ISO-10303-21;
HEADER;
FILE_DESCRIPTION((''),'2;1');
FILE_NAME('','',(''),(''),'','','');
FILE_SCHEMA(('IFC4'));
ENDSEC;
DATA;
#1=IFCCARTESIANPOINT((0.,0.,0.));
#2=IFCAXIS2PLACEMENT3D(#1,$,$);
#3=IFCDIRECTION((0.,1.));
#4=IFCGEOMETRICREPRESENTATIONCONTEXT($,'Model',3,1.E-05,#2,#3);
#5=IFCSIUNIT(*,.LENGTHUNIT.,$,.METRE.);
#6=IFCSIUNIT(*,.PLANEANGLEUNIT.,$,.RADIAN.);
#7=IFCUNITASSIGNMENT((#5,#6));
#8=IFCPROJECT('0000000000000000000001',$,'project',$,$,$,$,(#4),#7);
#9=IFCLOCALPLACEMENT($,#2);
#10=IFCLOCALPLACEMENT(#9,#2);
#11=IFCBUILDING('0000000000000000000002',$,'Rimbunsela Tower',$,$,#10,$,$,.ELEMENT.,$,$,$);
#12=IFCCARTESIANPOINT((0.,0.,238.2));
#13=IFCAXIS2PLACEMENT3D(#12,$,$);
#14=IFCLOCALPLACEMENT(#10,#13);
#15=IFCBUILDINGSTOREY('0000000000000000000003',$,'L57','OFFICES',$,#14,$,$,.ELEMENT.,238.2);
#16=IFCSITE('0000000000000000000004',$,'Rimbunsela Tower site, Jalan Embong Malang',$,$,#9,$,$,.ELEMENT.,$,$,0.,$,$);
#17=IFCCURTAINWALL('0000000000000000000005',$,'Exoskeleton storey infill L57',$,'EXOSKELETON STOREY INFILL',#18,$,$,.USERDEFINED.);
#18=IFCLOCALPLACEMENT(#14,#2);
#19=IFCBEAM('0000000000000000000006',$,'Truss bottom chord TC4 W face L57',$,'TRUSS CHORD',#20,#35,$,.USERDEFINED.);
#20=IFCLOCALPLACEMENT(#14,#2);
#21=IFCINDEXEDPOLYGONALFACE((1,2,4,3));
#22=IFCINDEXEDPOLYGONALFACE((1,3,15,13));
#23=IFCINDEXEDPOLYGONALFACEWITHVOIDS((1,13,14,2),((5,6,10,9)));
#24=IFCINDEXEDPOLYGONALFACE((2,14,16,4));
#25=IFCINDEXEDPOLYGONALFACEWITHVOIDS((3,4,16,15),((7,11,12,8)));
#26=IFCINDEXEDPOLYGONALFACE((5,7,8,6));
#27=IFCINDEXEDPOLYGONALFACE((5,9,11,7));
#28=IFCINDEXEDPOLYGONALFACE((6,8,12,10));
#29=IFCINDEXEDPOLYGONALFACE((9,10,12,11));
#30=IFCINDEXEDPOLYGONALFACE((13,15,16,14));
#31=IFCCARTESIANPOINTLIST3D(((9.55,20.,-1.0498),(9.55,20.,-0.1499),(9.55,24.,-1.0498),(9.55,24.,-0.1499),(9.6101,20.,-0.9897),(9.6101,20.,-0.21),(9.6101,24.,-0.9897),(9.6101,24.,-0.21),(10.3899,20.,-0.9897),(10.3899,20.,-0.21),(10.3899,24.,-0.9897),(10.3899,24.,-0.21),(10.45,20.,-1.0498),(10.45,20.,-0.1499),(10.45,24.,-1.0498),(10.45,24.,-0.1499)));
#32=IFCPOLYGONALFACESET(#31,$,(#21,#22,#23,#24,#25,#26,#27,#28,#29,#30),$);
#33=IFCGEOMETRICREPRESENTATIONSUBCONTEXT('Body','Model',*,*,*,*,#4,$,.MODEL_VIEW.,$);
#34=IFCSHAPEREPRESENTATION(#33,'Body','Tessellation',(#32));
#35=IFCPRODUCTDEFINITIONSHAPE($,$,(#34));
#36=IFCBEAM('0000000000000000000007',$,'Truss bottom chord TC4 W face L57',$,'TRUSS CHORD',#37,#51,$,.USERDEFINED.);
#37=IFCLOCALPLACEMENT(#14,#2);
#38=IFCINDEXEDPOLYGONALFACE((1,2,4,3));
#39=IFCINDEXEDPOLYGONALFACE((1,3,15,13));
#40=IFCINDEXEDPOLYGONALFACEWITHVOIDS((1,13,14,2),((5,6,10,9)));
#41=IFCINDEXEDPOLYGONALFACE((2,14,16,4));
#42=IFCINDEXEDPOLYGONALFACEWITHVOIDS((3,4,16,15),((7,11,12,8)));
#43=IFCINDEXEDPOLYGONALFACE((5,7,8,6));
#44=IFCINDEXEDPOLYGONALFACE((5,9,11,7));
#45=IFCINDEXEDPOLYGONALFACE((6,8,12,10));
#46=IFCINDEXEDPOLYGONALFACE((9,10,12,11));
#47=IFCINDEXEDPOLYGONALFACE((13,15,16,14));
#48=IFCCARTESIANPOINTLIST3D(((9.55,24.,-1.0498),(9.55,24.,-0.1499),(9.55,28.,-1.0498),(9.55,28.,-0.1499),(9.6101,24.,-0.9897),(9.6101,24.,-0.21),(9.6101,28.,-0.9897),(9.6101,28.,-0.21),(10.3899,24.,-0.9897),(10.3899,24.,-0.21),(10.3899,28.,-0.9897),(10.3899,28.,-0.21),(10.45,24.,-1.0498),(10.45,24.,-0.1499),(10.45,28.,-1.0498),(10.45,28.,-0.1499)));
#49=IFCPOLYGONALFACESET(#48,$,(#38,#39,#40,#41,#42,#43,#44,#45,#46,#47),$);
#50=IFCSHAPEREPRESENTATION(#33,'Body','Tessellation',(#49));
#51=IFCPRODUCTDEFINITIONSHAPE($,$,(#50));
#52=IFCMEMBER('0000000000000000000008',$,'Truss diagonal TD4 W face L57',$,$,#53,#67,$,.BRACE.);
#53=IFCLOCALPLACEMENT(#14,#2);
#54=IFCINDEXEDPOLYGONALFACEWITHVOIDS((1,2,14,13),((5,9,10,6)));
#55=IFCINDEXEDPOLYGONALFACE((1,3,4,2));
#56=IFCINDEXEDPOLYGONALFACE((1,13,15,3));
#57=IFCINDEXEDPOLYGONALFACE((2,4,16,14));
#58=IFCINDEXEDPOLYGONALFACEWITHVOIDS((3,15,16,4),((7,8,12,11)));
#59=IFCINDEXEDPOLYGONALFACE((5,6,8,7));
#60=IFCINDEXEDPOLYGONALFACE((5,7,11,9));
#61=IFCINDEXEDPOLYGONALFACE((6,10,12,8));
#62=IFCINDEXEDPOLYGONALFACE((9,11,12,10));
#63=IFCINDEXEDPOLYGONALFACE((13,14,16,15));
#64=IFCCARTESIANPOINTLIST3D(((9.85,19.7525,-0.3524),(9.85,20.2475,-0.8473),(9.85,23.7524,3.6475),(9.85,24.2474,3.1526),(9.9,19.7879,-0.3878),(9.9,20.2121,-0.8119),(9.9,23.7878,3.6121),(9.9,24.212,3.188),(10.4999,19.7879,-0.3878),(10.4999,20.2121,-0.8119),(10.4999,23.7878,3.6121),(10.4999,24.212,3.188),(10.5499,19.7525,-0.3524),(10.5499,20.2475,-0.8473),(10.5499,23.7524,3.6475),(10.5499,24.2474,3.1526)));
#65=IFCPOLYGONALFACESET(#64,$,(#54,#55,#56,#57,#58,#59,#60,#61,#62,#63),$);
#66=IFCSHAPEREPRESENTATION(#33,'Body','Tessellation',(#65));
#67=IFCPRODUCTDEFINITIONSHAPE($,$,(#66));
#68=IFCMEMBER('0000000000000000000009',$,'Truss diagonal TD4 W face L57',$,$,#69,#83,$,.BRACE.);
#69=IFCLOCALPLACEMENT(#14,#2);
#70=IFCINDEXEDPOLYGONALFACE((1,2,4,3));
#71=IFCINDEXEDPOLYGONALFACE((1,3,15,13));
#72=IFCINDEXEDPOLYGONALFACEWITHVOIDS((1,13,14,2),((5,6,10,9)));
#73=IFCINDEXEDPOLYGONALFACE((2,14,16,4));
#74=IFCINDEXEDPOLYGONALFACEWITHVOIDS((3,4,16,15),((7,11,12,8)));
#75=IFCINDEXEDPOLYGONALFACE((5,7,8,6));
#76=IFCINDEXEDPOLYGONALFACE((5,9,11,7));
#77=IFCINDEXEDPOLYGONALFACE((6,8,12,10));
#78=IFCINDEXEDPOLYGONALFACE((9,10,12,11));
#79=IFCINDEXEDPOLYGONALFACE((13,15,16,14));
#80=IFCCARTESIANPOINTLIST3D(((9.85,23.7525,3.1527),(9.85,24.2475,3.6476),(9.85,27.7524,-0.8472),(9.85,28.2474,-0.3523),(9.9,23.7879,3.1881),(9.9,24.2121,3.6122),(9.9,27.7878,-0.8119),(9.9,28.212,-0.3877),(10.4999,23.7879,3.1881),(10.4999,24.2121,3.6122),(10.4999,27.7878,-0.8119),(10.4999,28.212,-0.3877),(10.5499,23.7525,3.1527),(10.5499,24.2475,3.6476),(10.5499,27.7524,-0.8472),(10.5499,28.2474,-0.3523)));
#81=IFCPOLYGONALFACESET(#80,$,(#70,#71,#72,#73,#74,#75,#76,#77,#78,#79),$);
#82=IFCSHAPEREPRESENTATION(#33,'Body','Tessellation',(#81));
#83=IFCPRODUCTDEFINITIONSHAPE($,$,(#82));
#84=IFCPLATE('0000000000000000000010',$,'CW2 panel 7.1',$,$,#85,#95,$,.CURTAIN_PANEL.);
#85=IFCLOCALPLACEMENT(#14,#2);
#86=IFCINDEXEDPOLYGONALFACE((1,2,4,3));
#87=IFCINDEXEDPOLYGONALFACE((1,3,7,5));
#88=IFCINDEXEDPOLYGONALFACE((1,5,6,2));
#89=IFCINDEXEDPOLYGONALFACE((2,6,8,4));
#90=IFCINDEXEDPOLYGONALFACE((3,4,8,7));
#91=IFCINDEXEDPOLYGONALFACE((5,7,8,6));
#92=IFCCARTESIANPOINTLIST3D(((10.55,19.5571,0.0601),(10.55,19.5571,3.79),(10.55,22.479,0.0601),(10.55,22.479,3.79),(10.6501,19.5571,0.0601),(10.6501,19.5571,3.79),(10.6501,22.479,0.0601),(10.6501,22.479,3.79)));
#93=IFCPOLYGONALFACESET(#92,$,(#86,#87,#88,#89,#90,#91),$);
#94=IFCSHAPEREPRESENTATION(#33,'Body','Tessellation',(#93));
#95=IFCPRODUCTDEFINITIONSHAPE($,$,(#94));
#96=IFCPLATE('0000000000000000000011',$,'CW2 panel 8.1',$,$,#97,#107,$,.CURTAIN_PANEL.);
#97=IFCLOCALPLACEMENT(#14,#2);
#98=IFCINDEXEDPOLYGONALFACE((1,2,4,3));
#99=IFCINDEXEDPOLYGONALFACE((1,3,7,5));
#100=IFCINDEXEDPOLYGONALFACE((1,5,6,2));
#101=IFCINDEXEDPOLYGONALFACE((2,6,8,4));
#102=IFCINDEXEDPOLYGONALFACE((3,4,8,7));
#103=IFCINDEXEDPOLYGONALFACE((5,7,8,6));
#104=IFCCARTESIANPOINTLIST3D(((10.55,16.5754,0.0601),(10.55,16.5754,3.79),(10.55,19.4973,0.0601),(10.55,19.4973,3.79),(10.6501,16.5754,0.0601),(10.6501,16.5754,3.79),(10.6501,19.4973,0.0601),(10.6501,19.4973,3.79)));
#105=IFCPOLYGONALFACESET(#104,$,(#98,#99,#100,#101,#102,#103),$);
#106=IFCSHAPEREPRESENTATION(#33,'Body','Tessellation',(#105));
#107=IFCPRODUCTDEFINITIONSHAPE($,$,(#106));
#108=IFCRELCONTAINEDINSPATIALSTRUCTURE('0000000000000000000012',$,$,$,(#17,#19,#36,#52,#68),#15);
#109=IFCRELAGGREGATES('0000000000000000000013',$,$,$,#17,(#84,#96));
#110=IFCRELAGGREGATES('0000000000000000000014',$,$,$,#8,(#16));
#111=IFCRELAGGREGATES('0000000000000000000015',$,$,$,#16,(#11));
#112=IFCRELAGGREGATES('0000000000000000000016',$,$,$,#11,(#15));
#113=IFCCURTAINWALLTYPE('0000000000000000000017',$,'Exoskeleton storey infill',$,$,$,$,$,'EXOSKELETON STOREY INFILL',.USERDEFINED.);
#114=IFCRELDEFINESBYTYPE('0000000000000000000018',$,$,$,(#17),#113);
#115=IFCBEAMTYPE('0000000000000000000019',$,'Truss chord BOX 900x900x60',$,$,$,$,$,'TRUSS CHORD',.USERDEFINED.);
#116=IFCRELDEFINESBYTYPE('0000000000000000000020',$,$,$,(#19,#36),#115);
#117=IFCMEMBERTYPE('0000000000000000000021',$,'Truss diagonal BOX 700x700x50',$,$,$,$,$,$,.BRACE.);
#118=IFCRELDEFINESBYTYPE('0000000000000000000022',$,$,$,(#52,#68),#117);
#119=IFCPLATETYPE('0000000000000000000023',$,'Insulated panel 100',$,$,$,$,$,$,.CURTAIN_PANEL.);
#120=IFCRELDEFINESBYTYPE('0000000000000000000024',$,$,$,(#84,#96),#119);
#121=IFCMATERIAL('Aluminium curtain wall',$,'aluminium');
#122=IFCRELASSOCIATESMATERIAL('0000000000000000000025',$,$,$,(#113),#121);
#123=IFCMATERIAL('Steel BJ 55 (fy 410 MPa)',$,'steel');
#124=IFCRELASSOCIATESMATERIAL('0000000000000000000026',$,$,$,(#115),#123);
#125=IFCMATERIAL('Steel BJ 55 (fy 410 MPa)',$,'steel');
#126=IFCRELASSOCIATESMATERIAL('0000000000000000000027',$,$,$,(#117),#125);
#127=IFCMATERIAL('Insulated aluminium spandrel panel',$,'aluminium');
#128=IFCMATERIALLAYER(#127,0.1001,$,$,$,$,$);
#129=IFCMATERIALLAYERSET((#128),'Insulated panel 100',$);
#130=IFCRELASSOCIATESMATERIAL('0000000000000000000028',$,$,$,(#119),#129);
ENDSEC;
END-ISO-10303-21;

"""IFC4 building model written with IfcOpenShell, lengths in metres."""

from ifc_helpers import new_model, si_unit, direction, frame, origin, origin_2d, place, context, subcontext, project, spatial, rectangle, hollow_rectangle, extrude, material, layer, layer_set, material_profile, profile_set, type_object, element, aggregate, save


model = new_model("IFC4")

# Units and contexts
model_context = context("Model", 3, precision=1e-05, world=origin(), true_north=direction((0.0, 1.0)))
body_context = subcontext(model_context, "Body", "Model", "MODEL_VIEW")
ifc_project = project(units=[si_unit("LENGTHUNIT", "METRE"), si_unit("PLANEANGLEUNIT", "RADIAN")], contexts=[model_context])

# Site, building, storey
site_placement = place(None, origin())
site = spatial("IfcSite", under=ifc_project, at=site_placement, Name="Rimbunsela Tower site, Jalan Embong Malang", CompositionType="ELEMENT", RefElevation=0.0)
building_placement = place(site_placement, origin())
building = spatial("IfcBuilding", under=site, at=building_placement, Name="Rimbunsela Tower", CompositionType="ELEMENT")
storey_placement = place(building_placement, frame((0.0, 0.0, 238.2)))
storey = spatial("IfcBuildingStorey", under=building, at=storey_placement, Name="L57", Description="OFFICES", CompositionType="ELEMENT", Elevation=238.2)

# Curtain wall
ifc_material_1 = material(Name="Aluminium curtain wall", Category="aluminium")
curtain_wall_type = type_object("IfcCurtainWallType", Name="Exoskeleton storey infill", ElementType="EXOSKELETON STOREY INFILL", PredefinedType="USERDEFINED", material=ifc_material_1)
curtain_wall_placement = place(storey_placement, origin())
curtain_wall = element("IfcCurtainWall", 1, at=curtain_wall_placement, inside=storey, type_object=curtain_wall_type, Name="Exoskeleton storey infill L57", ObjectType="EXOSKELETON STOREY INFILL", PredefinedType="USERDEFINED")

# Beams
ifc_material_2 = material(Name="Steel BJ 55 (fy 410 MPa)", Category="steel")
ifc_material_profile_1 = material_profile(ifc_material_2, hollow_rectangle(XDim=0.8999, YDim=0.8999, WallThickness=0.0601, at=origin_2d()), Name="BOX 900x900x60")
ifc_profile_set_1 = profile_set([ifc_material_profile_1], Name="Steel BJ 55 (fy 410 MPa)")
beam_type_1 = type_object("IfcBeamType", Name="Truss chord BOX 900x900x60", ElementType="TRUSS CHORD", PredefinedType="USERDEFINED", material=ifc_profile_set_1)
for number, where, z_axis, x_axis, name in (
    (2, (10.0, 20.0, -0.5999), (0.0, 1.0, 0.0), (-1.0, 0.0, 0.0), "Truss bottom chord TC4 W face L57"),
    (3, (10.0, 24.0, -0.5999), (0.0, 1.0, 0.0), (-1.0, 0.0, 0.0), "Truss bottom chord TC4 W face L57"),
):
    element("IfcBeam", number, at=place(storey_placement, frame(where, z_axis=z_axis, x_axis=x_axis)), inside=storey, type_object=beam_type_1, Name=name, ObjectType="TRUSS CHORD", PredefinedType="USERDEFINED", context=body_context, shape_type="SweptSolid", body=[
        extrude(hollow_rectangle(XDim=0.8999, YDim=0.8999, WallThickness=0.0601, at=origin_2d()), origin(), (0.0, 0.0, 1.0), 4.0),
    ])

# Members
ifc_material_3 = material(Name="Steel BJ 55 (fy 410 MPa)", Category="steel")
ifc_material_profile_2 = material_profile(ifc_material_3, hollow_rectangle(XDim=0.7, YDim=0.7, WallThickness=0.05, at=origin_2d()), Name="BOX 700x700x50")
ifc_profile_set_2 = profile_set([ifc_material_profile_2], Name="Steel BJ 55 (fy 410 MPa)")
member_type_1 = type_object("IfcMemberType", Name="Truss diagonal BOX 700x700x50", PredefinedType="BRACE", material=ifc_profile_set_2)
for number, where, z_axis, x_axis, name in (
    (4, (10.2, 20.0, -0.5999), (0.0, 0.707107, 0.707107), (-1.0, 0.0, 0.0), "Truss diagonal TD4 W face L57"),
    (5, (10.2, 24.0, 3.4001), (0.0, 0.707107, -0.707107), (-1.0, 0.0, 0.0), "Truss diagonal TD4 W face L57"),
):
    element("IfcMember", number, at=place(storey_placement, frame(where, z_axis=z_axis, x_axis=x_axis)), inside=storey, type_object=member_type_1, Name=name, PredefinedType="BRACE", context=body_context, shape_type="SweptSolid", body=[
        extrude(hollow_rectangle(XDim=0.7, YDim=0.7, WallThickness=0.05, at=origin_2d()), origin(), (0.0, 0.0, 1.0), 5.6567),
    ])

# Plates
ifc_material_4 = material(Name="Insulated aluminium spandrel panel", Category="aluminium")
ifc_layer = layer(ifc_material_4, 0.1001)
ifc_layer_set = layer_set([ifc_layer], Name="Insulated panel 100")
plate_type = type_object("IfcPlateType", Name="Insulated panel 100", PredefinedType="CURTAIN_PANEL", material=ifc_layer_set)
plate_1_placement = place(storey_placement, frame((10.6001, 21.0181, 0.0601), z_axis=(0.0, 0.0, 1.0), x_axis=(0.0, -1.0, 0.0)))
plate_1 = element("IfcPlate", 6, at=plate_1_placement, type_object=plate_type, Name="CW2 panel 7.1", PredefinedType="CURTAIN_PANEL", context=body_context, shape_type="SweptSolid", body=[
    extrude(rectangle(XDim=2.9219, YDim=0.1001, at=origin_2d()), origin(), (0.0, 0.0, 1.0), 3.73),
])
plate_2_placement = place(storey_placement, frame((10.6001, 18.0364, 0.0601), z_axis=(0.0, 0.0, 1.0), x_axis=(0.0, -1.0, 0.0)))
plate_2 = element("IfcPlate", 7, at=plate_2_placement, type_object=plate_type, Name="CW2 panel 8.1", PredefinedType="CURTAIN_PANEL", context=body_context, shape_type="SweptSolid", body=[
    extrude(rectangle(XDim=2.9219, YDim=0.1001, at=origin_2d()), origin(), (0.0, 0.0, 1.0), 3.73),
])
aggregate(curtain_wall, [plate_1, plate_2])

save(model, "model.ifc")
